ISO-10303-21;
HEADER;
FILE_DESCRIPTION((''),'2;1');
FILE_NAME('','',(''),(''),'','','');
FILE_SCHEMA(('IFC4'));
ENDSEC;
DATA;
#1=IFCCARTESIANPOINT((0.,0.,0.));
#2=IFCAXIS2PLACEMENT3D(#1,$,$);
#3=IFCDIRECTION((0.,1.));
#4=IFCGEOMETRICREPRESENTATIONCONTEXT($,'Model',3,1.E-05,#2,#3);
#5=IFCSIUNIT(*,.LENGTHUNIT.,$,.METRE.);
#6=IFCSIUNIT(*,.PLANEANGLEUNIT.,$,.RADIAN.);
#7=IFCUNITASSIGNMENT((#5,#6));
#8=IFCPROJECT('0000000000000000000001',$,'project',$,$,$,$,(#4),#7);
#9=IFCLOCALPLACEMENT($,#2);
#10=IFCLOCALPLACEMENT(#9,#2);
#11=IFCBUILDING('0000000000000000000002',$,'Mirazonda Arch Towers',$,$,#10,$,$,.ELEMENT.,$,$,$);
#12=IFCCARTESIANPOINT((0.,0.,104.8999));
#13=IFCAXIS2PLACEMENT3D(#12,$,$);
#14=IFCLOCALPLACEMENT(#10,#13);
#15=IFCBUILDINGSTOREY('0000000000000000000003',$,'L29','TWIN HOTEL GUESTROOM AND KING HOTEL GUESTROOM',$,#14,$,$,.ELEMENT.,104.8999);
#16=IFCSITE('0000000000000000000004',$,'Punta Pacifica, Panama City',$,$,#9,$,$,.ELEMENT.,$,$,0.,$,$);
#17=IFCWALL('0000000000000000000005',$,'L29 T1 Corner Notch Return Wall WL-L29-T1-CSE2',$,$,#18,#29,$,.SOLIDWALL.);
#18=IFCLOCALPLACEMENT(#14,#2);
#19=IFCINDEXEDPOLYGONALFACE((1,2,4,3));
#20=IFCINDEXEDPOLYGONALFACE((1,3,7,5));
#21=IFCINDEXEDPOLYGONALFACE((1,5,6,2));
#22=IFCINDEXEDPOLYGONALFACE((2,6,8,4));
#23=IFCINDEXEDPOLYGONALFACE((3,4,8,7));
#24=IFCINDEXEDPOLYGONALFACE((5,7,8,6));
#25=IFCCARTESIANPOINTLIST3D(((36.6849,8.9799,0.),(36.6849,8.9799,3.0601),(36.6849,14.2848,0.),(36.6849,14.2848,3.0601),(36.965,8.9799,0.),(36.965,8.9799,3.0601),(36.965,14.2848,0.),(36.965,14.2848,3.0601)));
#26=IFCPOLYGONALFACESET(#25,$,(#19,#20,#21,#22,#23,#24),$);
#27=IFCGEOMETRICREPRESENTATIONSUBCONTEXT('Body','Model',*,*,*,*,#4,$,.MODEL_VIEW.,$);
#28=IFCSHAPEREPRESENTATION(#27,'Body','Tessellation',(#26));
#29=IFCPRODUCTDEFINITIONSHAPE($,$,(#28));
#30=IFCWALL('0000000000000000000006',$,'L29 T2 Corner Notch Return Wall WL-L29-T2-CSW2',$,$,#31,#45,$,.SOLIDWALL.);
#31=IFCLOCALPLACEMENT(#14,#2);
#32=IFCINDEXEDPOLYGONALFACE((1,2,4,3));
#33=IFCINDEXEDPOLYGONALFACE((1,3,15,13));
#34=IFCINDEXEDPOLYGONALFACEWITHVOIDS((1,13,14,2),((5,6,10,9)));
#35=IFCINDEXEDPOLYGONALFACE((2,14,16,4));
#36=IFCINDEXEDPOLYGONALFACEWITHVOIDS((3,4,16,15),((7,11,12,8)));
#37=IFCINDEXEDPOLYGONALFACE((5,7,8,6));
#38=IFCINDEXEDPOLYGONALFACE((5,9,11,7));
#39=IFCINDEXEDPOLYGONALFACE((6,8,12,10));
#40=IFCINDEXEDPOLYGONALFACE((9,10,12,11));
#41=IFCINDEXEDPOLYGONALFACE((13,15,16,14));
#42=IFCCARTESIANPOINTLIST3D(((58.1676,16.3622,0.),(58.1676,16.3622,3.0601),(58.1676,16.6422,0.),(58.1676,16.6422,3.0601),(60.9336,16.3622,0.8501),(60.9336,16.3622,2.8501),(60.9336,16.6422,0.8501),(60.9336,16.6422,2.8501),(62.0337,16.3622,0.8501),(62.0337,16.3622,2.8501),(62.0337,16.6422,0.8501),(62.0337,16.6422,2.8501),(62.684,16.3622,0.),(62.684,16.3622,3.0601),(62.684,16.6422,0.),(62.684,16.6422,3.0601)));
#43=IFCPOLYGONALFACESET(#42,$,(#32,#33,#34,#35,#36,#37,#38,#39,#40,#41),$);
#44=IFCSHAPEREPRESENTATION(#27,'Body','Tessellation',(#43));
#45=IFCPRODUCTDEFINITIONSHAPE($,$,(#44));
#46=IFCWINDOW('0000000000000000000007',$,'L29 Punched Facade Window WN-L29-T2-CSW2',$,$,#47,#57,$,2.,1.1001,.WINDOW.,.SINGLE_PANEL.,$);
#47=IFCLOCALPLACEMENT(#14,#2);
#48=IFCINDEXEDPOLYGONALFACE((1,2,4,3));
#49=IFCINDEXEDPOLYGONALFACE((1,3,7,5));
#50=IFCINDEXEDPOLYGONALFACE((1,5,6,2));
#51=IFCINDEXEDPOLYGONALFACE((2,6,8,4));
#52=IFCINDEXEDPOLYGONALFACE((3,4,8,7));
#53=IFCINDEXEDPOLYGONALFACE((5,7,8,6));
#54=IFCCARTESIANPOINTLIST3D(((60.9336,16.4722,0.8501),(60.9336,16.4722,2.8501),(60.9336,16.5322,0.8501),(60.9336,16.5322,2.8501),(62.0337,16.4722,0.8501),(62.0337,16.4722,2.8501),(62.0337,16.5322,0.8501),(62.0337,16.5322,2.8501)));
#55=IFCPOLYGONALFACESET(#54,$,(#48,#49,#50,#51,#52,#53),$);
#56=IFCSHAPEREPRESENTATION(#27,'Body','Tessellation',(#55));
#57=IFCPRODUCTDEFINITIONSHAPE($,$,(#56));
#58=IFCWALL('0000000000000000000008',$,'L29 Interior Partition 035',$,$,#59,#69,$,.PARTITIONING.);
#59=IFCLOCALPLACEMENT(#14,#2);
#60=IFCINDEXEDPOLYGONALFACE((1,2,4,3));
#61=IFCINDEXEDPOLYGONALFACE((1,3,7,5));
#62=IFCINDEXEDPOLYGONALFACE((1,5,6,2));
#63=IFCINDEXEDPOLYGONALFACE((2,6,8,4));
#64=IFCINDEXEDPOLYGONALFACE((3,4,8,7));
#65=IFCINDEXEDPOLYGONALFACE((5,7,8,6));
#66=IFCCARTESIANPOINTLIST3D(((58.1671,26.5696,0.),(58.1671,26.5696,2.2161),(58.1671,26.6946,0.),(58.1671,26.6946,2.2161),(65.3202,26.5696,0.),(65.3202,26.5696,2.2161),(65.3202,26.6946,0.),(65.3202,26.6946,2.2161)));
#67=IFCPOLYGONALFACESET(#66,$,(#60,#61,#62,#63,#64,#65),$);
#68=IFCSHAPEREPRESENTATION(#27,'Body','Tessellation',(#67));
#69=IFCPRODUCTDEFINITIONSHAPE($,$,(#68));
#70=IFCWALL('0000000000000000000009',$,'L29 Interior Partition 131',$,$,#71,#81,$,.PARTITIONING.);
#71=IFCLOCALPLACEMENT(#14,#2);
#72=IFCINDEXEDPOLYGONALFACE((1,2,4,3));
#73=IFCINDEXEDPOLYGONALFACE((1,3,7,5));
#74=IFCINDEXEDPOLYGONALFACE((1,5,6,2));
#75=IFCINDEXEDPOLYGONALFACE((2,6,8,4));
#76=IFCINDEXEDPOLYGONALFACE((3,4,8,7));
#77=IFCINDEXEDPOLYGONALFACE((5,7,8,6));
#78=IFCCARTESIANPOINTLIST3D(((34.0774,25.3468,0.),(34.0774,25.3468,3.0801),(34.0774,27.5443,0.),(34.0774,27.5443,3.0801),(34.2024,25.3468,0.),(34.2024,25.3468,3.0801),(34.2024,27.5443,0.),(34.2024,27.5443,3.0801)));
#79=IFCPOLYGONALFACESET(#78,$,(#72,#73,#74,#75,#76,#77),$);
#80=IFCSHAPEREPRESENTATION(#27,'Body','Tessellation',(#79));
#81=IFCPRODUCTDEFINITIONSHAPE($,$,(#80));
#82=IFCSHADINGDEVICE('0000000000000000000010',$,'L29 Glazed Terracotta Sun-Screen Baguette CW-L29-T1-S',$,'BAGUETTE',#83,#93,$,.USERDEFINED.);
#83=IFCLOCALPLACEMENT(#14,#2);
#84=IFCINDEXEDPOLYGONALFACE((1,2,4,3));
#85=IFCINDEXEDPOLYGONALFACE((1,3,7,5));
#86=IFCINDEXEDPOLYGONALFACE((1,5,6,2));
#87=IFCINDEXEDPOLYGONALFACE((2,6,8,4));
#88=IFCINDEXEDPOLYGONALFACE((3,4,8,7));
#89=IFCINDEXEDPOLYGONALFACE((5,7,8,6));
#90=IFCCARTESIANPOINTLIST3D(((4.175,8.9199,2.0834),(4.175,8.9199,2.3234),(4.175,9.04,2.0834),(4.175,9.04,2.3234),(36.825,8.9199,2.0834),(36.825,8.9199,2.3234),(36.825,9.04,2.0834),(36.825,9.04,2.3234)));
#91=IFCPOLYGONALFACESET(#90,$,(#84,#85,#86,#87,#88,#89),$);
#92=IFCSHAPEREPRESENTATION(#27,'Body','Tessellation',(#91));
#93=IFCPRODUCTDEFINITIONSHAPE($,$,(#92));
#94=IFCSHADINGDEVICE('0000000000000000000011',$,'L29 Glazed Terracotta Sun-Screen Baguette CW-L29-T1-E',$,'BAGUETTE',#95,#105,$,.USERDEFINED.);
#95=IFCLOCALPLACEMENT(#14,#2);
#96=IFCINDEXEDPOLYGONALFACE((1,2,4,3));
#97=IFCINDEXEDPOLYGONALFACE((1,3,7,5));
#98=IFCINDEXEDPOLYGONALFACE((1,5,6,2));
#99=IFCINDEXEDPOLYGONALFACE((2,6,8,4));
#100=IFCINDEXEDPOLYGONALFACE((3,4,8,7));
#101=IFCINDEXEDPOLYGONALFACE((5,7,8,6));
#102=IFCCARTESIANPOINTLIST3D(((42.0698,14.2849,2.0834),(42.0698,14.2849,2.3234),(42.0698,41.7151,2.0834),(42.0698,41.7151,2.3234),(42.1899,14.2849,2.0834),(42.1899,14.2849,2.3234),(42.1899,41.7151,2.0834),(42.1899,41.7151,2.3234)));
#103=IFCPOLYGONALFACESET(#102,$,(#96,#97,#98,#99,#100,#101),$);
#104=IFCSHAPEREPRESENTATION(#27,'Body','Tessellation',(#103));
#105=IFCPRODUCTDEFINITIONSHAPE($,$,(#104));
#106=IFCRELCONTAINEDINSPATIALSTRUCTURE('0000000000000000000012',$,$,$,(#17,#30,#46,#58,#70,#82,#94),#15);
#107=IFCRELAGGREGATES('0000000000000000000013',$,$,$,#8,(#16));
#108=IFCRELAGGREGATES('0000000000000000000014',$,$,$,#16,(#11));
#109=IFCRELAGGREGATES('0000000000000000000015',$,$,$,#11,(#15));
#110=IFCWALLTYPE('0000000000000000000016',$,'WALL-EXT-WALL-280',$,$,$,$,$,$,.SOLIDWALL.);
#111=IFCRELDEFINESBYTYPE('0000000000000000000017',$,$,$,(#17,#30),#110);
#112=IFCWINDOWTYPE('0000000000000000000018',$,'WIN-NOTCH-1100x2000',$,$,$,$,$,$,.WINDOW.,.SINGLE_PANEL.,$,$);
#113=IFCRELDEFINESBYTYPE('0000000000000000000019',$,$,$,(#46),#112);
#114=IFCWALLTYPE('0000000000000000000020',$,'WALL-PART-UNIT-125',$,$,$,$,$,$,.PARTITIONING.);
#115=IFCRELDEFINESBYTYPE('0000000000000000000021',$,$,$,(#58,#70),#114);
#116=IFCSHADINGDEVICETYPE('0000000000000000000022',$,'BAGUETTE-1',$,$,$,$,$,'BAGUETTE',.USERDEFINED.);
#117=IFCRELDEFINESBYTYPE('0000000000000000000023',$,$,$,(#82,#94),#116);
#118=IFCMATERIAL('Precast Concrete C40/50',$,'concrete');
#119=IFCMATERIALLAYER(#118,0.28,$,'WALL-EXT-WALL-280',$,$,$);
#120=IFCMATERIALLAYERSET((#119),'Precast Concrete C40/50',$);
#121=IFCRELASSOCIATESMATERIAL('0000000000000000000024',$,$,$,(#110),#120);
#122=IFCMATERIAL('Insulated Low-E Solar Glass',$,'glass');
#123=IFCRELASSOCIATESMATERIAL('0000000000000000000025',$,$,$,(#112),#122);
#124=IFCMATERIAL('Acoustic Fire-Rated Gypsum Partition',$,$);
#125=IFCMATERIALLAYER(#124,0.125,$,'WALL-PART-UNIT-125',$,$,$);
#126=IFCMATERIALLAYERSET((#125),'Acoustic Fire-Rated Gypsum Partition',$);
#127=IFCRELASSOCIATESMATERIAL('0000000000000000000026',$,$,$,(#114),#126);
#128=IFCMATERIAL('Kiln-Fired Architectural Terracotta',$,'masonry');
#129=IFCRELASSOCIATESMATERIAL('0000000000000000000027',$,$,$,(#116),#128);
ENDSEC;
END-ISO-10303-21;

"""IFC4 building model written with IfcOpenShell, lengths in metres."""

from ifc_helpers import new_model, si_unit, direction, frame, frame_2d, origin, origin_2d, place, context, subcontext, project, spatial, rectangle, extrude, material, layer, layer_set, material_profile, profile_set, type_object, element, fill, save


model = new_model("IFC4")

# Units and contexts
model_context = context("Model", 3, precision=1e-05, world=origin(), true_north=direction((0.0, 1.0)))
body_context = subcontext(model_context, "Body", "Model", "MODEL_VIEW")
ifc_project = project(units=[si_unit("LENGTHUNIT", "METRE"), si_unit("PLANEANGLEUNIT", "RADIAN")], contexts=[model_context])

# Site, building, storey
site_placement = place(None, origin())
site = spatial("IfcSite", under=ifc_project, at=site_placement, Name="Punta Pacifica, Panama City", CompositionType="ELEMENT", RefElevation=0.0)
building_placement = place(site_placement, origin())
building = spatial("IfcBuilding", under=site, at=building_placement, Name="Mirazonda Arch Towers", CompositionType="ELEMENT")
storey_placement = place(building_placement, frame((0.0, 0.0, 104.8999)))
storey = spatial("IfcBuildingStorey", under=building, at=storey_placement, Name="L29", Description="TWIN HOTEL GUESTROOM AND KING HOTEL GUESTROOM", CompositionType="ELEMENT", Elevation=104.8999)

# Shared definitions
ifc_material_1 = material(Name="Insulated Low-E Solar Glass", Category="glass")

# Shared definitions
ifc_material_2 = material(Name="Precast Concrete C40/50", Category="concrete")
ifc_layer_1 = layer(ifc_material_2, 0.28, Name="WALL-EXT-WALL-280")
ifc_layer_set_1 = layer_set([ifc_layer_1], Name="Precast Concrete C40/50")
wall_type_1 = type_object("IfcWallType", Name="WALL-EXT-WALL-280", PredefinedType="SOLIDWALL", material=ifc_layer_set_1)
window_type = type_object("IfcWindowType", Name="WIN-NOTCH-1100x2000", PartitioningType="SINGLE_PANEL", PredefinedType="WINDOW", material=ifc_material_1)

# Wall
wall_1_placement = place(storey_placement, frame((36.825, 8.98, 0.0), z_axis=(0.0, 0.0, 1.0), x_axis=(0.0, 1.0, 0.0)))
element("IfcWall", 1, at=wall_1_placement, inside=storey, type_object=wall_type_1, Name="L29 T1 Corner Notch Return Wall WL-L29-T1-CSE2", PredefinedType="SOLIDWALL", context=body_context, shape_type="SweptSolid", body=[
    extrude(rectangle(XDim=5.3049, YDim=0.28, at=frame_2d((2.6523, 0.0))), origin(), (0.0, 0.0, 1.0), 3.0601),
])

# Wall, opening, window
wall_2_placement = place(storey_placement, frame((58.1675, 16.5022, 0.0), z_axis=(0.0, 0.0, 1.0), x_axis=(1.0, 0.0, 0.0)))
wall_2 = element("IfcWall", 2, at=wall_2_placement, inside=storey, type_object=wall_type_1, Name="L29 T2 Corner Notch Return Wall WL-L29-T2-CSW2", PredefinedType="SOLIDWALL", context=body_context, shape_type="SweptSolid", body=[
    extrude(rectangle(XDim=4.5164, YDim=0.28, at=frame_2d((2.2583, 0.0))), origin(), (0.0, 0.0, 1.0), 3.0601),
])
opening_1_placement = place(wall_2_placement, frame((2.7661, 0.0, 0.8501)))
opening_1 = element("IfcOpeningElement", 3, at=opening_1_placement, cuts=wall_2, PredefinedType="OPENING", context=body_context, shape_type="SweptSolid", body=[
    extrude(rectangle(XDim=1.1001, YDim=2.0, at=frame_2d((0.55, 1.0))), frame((0.0, 0.1499, 0.0), z_axis=(0.0, -1.0, 0.0), x_axis=(1.0, 0.0, 0.0)), (0.0, 0.0, 1.0), 0.3),
])
window_1_placement = place(opening_1_placement, origin())
window_1 = element("IfcWindow", 4, at=window_1_placement, inside=storey, type_object=window_type, Name="L29 Punched Facade Window WN-L29-T2-CSW2", OverallHeight=2.0, OverallWidth=1.1001, PartitioningType="SINGLE_PANEL", PredefinedType="WINDOW", context=body_context, shape_type="SweptSolid", body=[
    extrude(rectangle(XDim=1.1001, YDim=2.0, at=frame_2d((0.55, 1.0))), frame((0.0, 0.03, 0.0), z_axis=(0.0, -1.0, 0.0), x_axis=(1.0, 0.0, 0.0)), (0.0, 0.0, 1.0), 0.0601),
])
fill(opening_1, window_1)

# Walls
ifc_material_3 = material(Name="Acoustic Fire-Rated Gypsum Partition")
ifc_layer_2 = layer(ifc_material_3, 0.125, Name="WALL-PART-UNIT-125")
ifc_layer_set_2 = layer_set([ifc_layer_2], Name="Acoustic Fire-Rated Gypsum Partition")
wall_type_2 = type_object("IfcWallType", Name="WALL-PART-UNIT-125", PredefinedType="PARTITIONING", material=ifc_layer_set_2)
wall_3_placement = place(storey_placement, frame((58.167, 26.6321, 0.0), z_axis=(0.0, 0.0, 1.0), x_axis=(1.0, 0.0, 0.0)))
element("IfcWall", 5, at=wall_3_placement, inside=storey, type_object=wall_type_2, Name="L29 Interior Partition 035", PredefinedType="PARTITIONING", context=body_context, shape_type="SweptSolid", body=[
    extrude(rectangle(XDim=7.1531, YDim=0.125, at=frame_2d((3.5767, 0.0))), origin(), (0.0, 0.0, 1.0), 2.2161),
])
wall_4_placement = place(storey_placement, frame((34.1399, 25.3469, 0.0), z_axis=(0.0, 0.0, 1.0), x_axis=(0.0, 1.0, 0.0)))
element("IfcWall", 6, at=wall_4_placement, inside=storey, type_object=wall_type_2, Name="L29 Interior Partition 131", PredefinedType="PARTITIONING", context=body_context, shape_type="SweptSolid", body=[
    extrude(rectangle(XDim=2.1975, YDim=0.125, at=frame_2d((1.0986, 0.0))), origin(), (0.0, 0.0, 1.0), 3.0801),
])

# Shading devices
ifc_material_4 = material(Name="Kiln-Fired Architectural Terracotta", Category="masonry")
ifc_material_profile_1 = material_profile(ifc_material_4, rectangle(XDim=0.1201, YDim=0.24, at=origin_2d()), Name="TERRA-BAG-120x240")
ifc_profile_set_1 = profile_set([ifc_material_profile_1], Name="Kiln-Fired Architectural Terracotta")
shading_device_type = type_object("IfcShadingDeviceType", Name="BAGUETTE-1", ElementType="BAGUETTE", PredefinedType="USERDEFINED", material=ifc_profile_set_1)
shading_device_1_placement = place(storey_placement, frame((36.825, 8.98, 2.2034), z_axis=(-1.0, 0.0, 0.0), x_axis=(0.0, -1.0, 0.0)))
element("IfcShadingDevice", 7, at=shading_device_1_placement, inside=storey, type_object=shading_device_type, Name="L29 Glazed Terracotta Sun-Screen Baguette CW-L29-T1-S", ObjectType="BAGUETTE", PredefinedType="USERDEFINED", context=body_context, shape_type="SweptSolid", body=[
    extrude(rectangle(XDim=0.1201, YDim=0.24, at=origin_2d()), origin(), (0.0, 0.0, 1.0), 32.6499),
])
shading_device_2_placement = place(storey_placement, frame((42.1299, 14.2849, 2.2034), z_axis=(0.0, 1.0, 0.0), x_axis=(-1.0, 0.0, 0.0)))
element("IfcShadingDevice", 8, at=shading_device_2_placement, inside=storey, type_object=shading_device_type, Name="L29 Glazed Terracotta Sun-Screen Baguette CW-L29-T1-E", ObjectType="BAGUETTE", PredefinedType="USERDEFINED", context=body_context, shape_type="SweptSolid", body=[
    extrude(rectangle(XDim=0.1201, YDim=0.24, at=origin_2d()), origin(), (0.0, 0.0, 1.0), 27.4302),
])

save(model, "model.ifc")
